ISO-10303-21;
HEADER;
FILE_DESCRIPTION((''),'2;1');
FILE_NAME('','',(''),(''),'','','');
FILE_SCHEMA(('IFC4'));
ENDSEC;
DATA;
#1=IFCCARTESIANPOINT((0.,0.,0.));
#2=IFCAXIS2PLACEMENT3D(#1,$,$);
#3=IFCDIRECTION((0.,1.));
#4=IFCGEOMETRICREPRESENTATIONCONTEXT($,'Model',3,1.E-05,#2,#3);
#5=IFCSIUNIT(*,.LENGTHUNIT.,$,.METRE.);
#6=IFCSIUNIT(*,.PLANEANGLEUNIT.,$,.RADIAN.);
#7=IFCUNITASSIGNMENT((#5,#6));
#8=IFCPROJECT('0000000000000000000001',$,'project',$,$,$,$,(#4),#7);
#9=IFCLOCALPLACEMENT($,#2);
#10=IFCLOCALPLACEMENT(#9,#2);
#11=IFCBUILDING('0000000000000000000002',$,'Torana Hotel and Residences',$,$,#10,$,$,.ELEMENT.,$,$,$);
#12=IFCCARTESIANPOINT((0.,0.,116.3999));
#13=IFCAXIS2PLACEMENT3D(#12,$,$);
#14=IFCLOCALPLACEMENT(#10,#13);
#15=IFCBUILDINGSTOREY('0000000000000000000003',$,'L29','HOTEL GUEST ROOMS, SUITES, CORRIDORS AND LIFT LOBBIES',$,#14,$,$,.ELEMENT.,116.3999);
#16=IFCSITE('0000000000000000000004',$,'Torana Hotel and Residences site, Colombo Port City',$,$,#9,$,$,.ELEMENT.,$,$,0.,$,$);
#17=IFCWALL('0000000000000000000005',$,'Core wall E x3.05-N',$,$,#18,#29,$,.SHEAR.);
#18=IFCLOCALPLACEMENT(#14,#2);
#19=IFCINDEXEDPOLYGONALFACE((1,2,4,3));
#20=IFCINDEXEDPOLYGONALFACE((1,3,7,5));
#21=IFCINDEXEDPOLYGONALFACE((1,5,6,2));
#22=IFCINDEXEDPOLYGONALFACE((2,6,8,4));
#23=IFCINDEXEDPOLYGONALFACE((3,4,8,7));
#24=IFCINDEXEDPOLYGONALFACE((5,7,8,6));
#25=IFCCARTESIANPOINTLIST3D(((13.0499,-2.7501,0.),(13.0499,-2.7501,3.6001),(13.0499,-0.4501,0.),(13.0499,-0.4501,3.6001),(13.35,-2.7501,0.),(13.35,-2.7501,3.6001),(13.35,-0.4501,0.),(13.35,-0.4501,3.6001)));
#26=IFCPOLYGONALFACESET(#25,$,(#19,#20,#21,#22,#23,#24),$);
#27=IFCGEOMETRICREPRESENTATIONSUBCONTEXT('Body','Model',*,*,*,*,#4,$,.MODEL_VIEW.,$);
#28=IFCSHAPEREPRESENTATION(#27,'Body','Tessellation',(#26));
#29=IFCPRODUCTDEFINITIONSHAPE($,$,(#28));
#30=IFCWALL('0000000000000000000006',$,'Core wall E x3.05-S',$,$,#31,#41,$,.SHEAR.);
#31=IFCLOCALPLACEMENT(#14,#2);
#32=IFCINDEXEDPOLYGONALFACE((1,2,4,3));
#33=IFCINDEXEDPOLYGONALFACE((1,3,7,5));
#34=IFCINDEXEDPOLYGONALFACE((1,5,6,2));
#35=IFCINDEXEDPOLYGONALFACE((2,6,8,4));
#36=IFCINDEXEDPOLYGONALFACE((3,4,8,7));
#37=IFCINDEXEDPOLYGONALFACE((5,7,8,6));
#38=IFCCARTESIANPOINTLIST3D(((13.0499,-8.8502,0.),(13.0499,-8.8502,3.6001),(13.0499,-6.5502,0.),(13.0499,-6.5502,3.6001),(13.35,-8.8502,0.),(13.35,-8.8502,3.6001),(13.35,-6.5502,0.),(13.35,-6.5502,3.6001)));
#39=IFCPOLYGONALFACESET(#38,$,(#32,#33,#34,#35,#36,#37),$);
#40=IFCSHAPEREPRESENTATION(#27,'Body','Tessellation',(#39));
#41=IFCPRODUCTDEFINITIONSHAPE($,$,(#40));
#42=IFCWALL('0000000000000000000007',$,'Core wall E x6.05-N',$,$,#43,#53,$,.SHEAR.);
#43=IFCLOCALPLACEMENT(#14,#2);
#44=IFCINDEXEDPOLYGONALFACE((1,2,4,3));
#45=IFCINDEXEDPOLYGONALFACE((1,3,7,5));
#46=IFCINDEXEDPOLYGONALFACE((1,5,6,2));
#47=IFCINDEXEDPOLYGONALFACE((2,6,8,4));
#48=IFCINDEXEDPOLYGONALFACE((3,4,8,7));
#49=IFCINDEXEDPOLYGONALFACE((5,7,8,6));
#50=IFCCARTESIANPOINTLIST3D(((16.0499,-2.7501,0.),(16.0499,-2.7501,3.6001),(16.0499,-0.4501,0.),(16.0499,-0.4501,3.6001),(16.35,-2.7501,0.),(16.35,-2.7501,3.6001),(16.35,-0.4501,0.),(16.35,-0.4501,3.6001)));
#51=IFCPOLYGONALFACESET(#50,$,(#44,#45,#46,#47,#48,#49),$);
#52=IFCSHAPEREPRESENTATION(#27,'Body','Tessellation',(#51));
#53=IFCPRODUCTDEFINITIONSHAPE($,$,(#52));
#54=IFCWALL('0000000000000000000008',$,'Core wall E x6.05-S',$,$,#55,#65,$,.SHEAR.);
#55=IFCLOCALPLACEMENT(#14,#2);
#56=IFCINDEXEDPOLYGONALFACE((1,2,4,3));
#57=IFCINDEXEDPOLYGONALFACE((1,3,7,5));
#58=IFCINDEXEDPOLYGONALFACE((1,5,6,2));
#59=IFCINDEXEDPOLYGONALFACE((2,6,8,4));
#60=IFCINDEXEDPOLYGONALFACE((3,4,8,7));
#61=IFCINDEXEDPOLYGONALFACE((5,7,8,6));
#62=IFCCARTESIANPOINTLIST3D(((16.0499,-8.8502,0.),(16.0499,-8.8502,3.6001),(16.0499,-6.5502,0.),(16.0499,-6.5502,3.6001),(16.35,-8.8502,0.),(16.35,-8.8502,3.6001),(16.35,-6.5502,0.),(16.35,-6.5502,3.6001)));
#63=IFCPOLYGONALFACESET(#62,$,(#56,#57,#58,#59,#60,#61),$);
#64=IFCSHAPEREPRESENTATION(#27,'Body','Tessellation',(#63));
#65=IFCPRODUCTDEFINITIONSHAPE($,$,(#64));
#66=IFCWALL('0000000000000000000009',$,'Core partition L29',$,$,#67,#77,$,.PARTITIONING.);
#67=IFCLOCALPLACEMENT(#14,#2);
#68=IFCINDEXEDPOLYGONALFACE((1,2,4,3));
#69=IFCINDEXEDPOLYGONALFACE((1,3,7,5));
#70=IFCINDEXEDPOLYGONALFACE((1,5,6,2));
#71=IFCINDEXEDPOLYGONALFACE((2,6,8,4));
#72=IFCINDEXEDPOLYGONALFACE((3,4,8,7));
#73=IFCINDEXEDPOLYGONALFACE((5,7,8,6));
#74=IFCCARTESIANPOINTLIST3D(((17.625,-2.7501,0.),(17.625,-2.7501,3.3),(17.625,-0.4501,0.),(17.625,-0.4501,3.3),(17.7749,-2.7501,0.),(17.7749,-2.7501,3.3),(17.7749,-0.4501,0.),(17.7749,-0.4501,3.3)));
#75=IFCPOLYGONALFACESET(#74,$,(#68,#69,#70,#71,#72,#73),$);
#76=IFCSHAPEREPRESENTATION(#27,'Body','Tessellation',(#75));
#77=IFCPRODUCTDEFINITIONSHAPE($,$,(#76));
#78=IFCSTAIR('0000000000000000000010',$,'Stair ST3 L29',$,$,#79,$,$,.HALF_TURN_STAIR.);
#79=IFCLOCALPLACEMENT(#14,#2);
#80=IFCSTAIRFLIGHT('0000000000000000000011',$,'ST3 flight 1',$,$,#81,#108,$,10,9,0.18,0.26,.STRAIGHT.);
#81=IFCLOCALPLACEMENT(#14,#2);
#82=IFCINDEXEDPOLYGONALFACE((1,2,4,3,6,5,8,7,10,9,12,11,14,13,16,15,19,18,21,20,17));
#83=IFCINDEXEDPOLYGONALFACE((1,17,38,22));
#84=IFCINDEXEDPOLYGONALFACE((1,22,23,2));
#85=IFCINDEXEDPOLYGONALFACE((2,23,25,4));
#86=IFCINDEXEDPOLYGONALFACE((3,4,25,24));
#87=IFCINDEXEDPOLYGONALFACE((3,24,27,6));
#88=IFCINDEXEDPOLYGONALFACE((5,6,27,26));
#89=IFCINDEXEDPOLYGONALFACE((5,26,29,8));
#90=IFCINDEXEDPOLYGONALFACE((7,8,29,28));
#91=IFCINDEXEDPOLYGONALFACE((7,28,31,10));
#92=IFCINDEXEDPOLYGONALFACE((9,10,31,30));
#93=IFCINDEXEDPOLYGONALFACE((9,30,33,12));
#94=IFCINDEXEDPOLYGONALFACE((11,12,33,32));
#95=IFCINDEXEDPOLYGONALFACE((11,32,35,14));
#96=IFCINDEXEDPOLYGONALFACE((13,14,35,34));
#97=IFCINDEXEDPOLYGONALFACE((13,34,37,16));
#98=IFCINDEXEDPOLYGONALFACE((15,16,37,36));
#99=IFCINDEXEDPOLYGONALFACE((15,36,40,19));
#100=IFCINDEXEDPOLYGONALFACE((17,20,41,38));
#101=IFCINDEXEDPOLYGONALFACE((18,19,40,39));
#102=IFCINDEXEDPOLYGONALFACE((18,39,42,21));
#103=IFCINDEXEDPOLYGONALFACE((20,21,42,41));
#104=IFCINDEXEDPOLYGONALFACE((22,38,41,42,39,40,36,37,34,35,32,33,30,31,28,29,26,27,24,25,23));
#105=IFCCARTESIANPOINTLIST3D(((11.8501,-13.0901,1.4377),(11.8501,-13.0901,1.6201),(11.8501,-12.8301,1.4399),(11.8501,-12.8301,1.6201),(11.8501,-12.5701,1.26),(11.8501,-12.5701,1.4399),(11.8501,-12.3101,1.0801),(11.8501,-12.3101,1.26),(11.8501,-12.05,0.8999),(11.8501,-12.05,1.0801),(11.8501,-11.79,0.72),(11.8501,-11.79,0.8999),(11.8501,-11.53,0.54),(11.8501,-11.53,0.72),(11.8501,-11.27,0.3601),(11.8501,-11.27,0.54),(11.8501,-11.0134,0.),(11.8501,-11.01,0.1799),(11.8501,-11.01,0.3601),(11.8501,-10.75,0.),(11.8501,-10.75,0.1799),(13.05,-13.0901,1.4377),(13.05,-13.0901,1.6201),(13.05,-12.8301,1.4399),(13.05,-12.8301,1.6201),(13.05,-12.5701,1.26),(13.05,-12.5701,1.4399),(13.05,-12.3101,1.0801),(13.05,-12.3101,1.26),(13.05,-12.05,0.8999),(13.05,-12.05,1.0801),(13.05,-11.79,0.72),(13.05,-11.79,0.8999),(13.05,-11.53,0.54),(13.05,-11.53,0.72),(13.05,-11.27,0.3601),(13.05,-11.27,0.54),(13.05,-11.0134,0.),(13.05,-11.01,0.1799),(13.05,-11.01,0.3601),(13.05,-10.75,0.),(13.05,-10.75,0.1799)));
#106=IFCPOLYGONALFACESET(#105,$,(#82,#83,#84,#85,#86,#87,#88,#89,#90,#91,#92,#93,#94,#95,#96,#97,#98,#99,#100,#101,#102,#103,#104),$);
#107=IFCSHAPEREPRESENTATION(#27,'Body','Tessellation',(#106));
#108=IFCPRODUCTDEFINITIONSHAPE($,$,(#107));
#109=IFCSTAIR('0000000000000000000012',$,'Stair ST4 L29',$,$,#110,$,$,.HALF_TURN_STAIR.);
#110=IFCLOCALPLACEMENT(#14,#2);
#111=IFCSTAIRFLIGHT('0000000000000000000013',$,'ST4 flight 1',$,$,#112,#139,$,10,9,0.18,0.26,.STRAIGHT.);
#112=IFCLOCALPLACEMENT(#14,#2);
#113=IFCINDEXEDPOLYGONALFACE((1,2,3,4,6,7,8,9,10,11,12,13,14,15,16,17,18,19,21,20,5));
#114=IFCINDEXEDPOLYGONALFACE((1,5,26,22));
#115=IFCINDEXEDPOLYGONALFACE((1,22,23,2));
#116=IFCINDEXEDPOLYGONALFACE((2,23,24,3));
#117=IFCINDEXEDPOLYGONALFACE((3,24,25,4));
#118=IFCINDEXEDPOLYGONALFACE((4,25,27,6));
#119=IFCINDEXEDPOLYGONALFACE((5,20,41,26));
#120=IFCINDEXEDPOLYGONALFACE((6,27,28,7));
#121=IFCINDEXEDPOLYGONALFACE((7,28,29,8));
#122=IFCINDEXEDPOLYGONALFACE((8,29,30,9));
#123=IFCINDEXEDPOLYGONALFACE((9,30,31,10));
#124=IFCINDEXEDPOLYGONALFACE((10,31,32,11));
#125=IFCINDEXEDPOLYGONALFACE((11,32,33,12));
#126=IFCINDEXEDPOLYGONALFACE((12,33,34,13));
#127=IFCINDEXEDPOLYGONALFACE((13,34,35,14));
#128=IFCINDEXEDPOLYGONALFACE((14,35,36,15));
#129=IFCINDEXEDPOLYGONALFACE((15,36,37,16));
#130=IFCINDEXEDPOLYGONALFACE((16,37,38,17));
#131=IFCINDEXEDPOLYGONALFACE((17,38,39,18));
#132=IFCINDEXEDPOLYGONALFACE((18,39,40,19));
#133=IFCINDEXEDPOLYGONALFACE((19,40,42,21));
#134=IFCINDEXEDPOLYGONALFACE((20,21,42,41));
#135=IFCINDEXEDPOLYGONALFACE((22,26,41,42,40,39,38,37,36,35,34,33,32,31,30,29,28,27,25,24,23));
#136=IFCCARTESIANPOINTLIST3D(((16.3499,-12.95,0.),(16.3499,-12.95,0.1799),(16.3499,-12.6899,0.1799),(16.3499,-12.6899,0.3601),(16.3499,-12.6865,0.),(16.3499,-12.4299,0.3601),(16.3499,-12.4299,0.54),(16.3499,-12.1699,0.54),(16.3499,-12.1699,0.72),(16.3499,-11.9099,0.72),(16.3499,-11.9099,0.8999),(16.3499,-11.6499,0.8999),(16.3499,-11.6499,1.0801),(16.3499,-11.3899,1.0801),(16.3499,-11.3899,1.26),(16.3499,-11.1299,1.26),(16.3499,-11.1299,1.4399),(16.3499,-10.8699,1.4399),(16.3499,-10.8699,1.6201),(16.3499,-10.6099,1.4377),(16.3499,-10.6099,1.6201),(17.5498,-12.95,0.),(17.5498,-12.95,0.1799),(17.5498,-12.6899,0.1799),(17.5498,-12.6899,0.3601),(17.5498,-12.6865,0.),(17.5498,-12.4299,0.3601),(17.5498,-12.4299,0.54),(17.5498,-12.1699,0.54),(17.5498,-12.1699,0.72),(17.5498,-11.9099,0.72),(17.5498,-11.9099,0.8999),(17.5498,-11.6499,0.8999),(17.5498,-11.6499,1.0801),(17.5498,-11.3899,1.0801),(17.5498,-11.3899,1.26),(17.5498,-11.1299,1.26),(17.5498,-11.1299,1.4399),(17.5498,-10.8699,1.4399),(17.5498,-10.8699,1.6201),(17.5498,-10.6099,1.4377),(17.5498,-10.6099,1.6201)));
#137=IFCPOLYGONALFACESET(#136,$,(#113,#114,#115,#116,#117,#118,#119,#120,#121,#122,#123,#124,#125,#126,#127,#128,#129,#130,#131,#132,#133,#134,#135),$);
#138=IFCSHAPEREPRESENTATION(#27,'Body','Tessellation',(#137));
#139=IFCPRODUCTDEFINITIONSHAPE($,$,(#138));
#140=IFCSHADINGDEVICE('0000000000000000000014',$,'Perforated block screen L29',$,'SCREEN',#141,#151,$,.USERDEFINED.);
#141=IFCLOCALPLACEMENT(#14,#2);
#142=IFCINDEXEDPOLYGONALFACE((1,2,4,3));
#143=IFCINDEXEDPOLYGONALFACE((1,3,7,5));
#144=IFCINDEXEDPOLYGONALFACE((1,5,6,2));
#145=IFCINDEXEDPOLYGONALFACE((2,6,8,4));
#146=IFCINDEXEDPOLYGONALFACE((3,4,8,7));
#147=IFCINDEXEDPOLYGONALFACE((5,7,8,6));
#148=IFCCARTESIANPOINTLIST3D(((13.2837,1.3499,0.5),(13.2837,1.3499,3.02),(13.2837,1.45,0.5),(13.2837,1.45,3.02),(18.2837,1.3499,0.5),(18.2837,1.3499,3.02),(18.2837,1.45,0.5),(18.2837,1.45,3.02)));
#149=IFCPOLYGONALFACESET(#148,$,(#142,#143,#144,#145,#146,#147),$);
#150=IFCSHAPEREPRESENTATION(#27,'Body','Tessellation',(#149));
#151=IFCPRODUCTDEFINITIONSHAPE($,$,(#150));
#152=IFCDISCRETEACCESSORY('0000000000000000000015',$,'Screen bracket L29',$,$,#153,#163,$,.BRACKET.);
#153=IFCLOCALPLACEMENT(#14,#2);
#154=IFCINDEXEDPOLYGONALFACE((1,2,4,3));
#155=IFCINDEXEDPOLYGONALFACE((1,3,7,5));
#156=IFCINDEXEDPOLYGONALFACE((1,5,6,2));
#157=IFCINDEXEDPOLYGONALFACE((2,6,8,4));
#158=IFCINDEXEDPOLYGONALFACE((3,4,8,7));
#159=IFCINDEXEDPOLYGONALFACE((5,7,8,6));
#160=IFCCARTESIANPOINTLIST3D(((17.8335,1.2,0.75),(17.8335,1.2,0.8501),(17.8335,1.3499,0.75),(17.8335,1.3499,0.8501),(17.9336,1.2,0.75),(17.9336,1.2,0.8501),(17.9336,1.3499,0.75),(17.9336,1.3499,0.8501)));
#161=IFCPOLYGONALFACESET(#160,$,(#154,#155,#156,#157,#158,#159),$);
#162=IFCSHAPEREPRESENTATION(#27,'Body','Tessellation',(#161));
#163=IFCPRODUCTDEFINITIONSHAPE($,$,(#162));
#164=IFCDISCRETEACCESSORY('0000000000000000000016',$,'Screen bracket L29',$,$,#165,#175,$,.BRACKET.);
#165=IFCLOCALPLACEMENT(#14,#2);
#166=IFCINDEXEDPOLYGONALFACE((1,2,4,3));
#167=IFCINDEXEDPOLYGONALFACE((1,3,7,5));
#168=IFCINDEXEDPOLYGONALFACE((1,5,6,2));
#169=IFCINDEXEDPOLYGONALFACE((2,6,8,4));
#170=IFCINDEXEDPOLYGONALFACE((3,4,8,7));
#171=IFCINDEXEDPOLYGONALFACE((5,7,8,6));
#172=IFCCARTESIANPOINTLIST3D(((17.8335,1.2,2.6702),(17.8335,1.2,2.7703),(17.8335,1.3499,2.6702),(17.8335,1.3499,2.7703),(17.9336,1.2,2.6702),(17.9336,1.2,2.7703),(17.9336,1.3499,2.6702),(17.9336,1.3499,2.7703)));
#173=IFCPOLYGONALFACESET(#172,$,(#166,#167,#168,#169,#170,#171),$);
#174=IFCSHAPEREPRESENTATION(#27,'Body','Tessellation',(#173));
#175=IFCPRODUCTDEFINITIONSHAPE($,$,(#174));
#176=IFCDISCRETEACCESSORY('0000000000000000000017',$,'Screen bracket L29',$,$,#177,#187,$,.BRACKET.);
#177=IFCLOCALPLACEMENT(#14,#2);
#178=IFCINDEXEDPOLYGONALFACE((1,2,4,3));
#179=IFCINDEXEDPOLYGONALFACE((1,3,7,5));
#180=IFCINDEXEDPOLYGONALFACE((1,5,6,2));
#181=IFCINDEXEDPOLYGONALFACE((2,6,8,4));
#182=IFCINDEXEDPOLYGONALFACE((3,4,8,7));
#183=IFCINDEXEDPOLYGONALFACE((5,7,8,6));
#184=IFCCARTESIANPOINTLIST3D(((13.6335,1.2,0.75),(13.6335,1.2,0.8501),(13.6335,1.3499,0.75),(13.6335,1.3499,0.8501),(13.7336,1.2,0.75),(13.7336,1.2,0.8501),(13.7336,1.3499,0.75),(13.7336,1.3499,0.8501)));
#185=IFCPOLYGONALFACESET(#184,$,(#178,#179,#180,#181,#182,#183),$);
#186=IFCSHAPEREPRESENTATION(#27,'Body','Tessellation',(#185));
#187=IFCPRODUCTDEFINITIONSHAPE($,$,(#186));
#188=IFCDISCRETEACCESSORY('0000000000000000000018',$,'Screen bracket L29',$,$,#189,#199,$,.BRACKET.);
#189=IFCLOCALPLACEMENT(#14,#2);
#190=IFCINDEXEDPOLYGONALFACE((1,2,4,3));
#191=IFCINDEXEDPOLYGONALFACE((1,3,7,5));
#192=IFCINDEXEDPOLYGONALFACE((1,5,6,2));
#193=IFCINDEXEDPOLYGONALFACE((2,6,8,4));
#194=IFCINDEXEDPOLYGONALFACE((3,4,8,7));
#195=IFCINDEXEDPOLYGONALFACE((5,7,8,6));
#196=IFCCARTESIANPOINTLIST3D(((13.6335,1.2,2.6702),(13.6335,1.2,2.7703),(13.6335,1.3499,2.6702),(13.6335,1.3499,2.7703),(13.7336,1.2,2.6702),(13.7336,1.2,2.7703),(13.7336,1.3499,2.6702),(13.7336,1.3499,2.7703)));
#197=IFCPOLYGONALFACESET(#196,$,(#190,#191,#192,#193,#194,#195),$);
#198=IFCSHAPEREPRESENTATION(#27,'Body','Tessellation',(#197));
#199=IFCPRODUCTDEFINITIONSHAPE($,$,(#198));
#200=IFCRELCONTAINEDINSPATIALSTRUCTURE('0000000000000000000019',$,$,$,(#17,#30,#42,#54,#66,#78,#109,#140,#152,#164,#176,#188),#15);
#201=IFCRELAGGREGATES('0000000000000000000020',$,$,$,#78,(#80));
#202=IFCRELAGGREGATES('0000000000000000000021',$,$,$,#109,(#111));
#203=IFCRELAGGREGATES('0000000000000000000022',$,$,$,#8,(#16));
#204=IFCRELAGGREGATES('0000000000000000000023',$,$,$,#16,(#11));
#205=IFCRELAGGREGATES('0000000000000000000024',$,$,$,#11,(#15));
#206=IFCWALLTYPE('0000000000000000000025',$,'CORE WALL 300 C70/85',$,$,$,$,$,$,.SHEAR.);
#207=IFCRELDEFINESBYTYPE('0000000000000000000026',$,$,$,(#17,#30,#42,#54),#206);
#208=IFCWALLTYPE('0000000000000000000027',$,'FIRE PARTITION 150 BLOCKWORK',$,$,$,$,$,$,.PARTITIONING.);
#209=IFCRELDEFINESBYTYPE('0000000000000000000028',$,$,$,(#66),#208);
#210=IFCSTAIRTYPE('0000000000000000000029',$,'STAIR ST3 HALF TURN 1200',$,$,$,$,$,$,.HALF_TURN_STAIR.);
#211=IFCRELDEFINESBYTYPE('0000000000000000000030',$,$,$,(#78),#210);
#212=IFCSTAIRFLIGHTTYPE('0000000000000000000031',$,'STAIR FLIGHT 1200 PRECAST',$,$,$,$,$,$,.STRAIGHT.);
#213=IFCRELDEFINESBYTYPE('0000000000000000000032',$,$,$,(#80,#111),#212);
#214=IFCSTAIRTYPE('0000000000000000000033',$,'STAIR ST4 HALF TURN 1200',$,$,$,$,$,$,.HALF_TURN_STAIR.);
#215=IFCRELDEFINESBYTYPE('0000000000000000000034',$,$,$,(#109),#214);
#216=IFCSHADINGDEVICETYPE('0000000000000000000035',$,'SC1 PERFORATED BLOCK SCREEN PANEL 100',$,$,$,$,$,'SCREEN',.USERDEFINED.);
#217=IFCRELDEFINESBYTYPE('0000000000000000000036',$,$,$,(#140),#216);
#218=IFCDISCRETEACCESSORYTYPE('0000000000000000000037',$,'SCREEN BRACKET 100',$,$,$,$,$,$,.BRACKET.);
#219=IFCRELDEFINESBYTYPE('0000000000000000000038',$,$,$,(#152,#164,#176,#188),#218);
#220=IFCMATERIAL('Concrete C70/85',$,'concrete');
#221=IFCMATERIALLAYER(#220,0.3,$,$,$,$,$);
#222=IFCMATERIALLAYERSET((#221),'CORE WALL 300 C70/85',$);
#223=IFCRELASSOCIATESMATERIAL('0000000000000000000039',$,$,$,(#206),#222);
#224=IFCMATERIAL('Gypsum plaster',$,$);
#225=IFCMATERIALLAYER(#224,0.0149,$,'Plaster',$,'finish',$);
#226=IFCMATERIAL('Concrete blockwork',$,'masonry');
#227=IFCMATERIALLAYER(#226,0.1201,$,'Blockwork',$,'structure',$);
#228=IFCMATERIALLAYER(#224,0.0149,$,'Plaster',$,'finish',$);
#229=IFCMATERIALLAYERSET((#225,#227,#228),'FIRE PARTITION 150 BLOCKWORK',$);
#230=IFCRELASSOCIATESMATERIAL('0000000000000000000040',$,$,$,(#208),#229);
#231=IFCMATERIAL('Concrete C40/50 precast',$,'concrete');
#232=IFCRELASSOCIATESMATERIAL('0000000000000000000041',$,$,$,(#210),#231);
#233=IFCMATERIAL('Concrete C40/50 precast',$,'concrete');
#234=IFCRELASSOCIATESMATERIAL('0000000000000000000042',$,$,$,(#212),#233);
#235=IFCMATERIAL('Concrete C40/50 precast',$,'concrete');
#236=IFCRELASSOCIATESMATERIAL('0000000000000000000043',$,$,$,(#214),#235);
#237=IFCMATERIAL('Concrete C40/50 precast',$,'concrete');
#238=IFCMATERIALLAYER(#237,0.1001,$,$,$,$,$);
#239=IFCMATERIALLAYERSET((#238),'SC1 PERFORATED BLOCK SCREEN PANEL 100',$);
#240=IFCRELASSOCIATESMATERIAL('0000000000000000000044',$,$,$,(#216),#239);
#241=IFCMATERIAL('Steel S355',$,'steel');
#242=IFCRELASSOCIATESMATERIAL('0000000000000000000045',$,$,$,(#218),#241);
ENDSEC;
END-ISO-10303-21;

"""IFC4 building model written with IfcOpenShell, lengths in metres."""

from ifc_helpers import new_model, si_unit, direction, frame, frame_2d, origin, origin_2d, place, context, subcontext, project, spatial, polyline, rectangle, outline, extrude, material, layer, layer_set, type_object, element, aggregate, save


model = new_model("IFC4")

# Units and contexts
model_context = context("Model", 3, precision=1e-05, world=origin(), true_north=direction((0.0, 1.0)))
body_context = subcontext(model_context, "Body", "Model", "MODEL_VIEW")
ifc_project = project(units=[si_unit("LENGTHUNIT", "METRE"), si_unit("PLANEANGLEUNIT", "RADIAN")], contexts=[model_context])

# Site, building, storey
site_placement = place(None, origin())
site = spatial("IfcSite", under=ifc_project, at=site_placement, Name="Torana Hotel and Residences site, Colombo Port City", CompositionType="ELEMENT", RefElevation=0.0)
building_placement = place(site_placement, origin())
building = spatial("IfcBuilding", under=site, at=building_placement, Name="Torana Hotel and Residences", CompositionType="ELEMENT")
storey_placement = place(building_placement, frame((0.0, 0.0, 116.3999)))
storey = spatial("IfcBuildingStorey", under=building, at=storey_placement, Name="L29", Description="HOTEL GUEST ROOMS, SUITES, CORRIDORS AND LIFT LOBBIES", CompositionType="ELEMENT", Elevation=116.3999)

# Walls
ifc_material_1 = material(Name="Concrete C70/85", Category="concrete")
ifc_layer_1 = layer(ifc_material_1, 0.3)
ifc_layer_set_1 = layer_set([ifc_layer_1], Name="CORE WALL 300 C70/85")
wall_type_1 = type_object("IfcWallType", Name="CORE WALL 300 C70/85", PredefinedType="SHEAR", material=ifc_layer_set_1)
for number, where, z_axis, x_axis, name in (
    (1, (13.2, -2.75, 0.0), (0.0, 0.0, 1.0), (0.0, 1.0, 0.0), "Core wall E x3.05-N"),
    (2, (13.2, -8.8501, 0.0), (0.0, 0.0, 1.0), (0.0, 1.0, 0.0), "Core wall E x3.05-S"),
    (3, (16.2, -2.75, 0.0), (0.0, 0.0, 1.0), (0.0, 1.0, 0.0), "Core wall E x6.05-N"),
    (4, (16.2, -8.8501, 0.0), (0.0, 0.0, 1.0), (0.0, 1.0, 0.0), "Core wall E x6.05-S"),
):
    element("IfcWall", number, at=place(storey_placement, frame(where, z_axis=z_axis, x_axis=x_axis)), inside=storey, type_object=wall_type_1, Name=name, PredefinedType="SHEAR", context=body_context, shape_type="SweptSolid", body=[
        extrude(rectangle(XDim=2.3, YDim=0.3, at=frame_2d((1.1499, 0.0))), origin(), (0.0, 0.0, 1.0), 3.6001),
    ])
ifc_material_2 = material(Name="Gypsum plaster")
ifc_layer_2 = layer(ifc_material_2, 0.0149, Name="Plaster", Category="finish")
ifc_material_3 = material(Name="Concrete blockwork", Category="masonry")
ifc_layer_3 = layer(ifc_material_3, 0.1201, Name="Blockwork", Category="structure")
ifc_layer_4 = layer(ifc_material_2, 0.0149, Name="Plaster", Category="finish")
ifc_layer_set_2 = layer_set([ifc_layer_2, ifc_layer_3, ifc_layer_4], Name="FIRE PARTITION 150 BLOCKWORK")
wall_type_2 = type_object("IfcWallType", Name="FIRE PARTITION 150 BLOCKWORK", PredefinedType="PARTITIONING", material=ifc_layer_set_2)
wall_placement = place(storey_placement, frame((17.7, -2.75, 0.0), z_axis=(0.0, 0.0, 1.0), x_axis=(0.0, 1.0, 0.0)))
element("IfcWall", 5, at=wall_placement, inside=storey, type_object=wall_type_2, Name="Core partition L29", PredefinedType="PARTITIONING", context=body_context, shape_type="SweptSolid", body=[
    extrude(rectangle(XDim=2.3, YDim=0.1499, at=frame_2d((1.1499, 0.0))), origin(), (0.0, 0.0, 1.0), 3.3),
])

# Stairs, stair flights
ifc_material_4 = material(Name="Concrete C40/50 precast", Category="concrete")
stair_type_1 = type_object("IfcStairType", Name="STAIR ST3 HALF TURN 1200", PredefinedType="HALF_TURN_STAIR", material=ifc_material_4)
stair_1_placement = place(storey_placement, origin())
stair_1 = element("IfcStair", 6, at=stair_1_placement, inside=storey, type_object=stair_type_1, Name="Stair ST3 L29", PredefinedType="HALF_TURN_STAIR")
ifc_material_5 = material(Name="Concrete C40/50 precast", Category="concrete")
stair_flight_type = type_object("IfcStairFlightType", Name="STAIR FLIGHT 1200 PRECAST", PredefinedType="STRAIGHT", material=ifc_material_5)
stair_flight_1_placement = place(storey_placement, frame((12.45, -10.75, 0.0), z_axis=(0.0, 0.0, 1.0), x_axis=(0.0, -1.0, 0.0)))
stair_flight_1 = element("IfcStairFlight", 7, at=stair_flight_1_placement, type_object=stair_flight_type, Name="ST3 flight 1", NumberOfRisers=10, NumberOfTreads=9, PredefinedType="STRAIGHT", RiserHeight=0.18, TreadLength=0.26, context=body_context, shape_type="SweptSolid", body=[
    extrude(outline(polyline([(0.0, 0.0), (0.0, 0.1799), (0.26, 0.1799), (0.26, 0.3601), (0.52, 0.3601), (0.52, 0.54), (0.78, 0.54), (0.78, 0.72), (1.04, 0.72), (1.04, 0.8999), (1.3, 0.8999), (1.3, 1.0801), (1.5601, 1.0801), (1.5601, 1.26), (1.8201, 1.26), (1.8201, 1.4399), (2.0801, 1.4399), (2.0801, 1.6201), (2.3401, 1.6201), (2.3401, 1.8), (2.3401, 1.4377), (0.2634, 0.0), (0.0, 0.0)])), frame((0.0, 0.6001, 0.0), z_axis=(0.0, -1.0, 0.0), x_axis=(1.0, 0.0, 0.0)), (0.0, 0.0, 1.0), 1.2),
])
aggregate(stair_1, [stair_flight_1])
ifc_material_6 = material(Name="Concrete C40/50 precast", Category="concrete")
stair_type_2 = type_object("IfcStairType", Name="STAIR ST4 HALF TURN 1200", PredefinedType="HALF_TURN_STAIR", material=ifc_material_6)
stair_2_placement = place(storey_placement, origin())
stair_2 = element("IfcStair", 8, at=stair_2_placement, inside=storey, type_object=stair_type_2, Name="Stair ST4 L29", PredefinedType="HALF_TURN_STAIR")
stair_flight_2_placement = place(storey_placement, frame((16.95, -12.95, 0.0), z_axis=(0.0, 0.0, 1.0), x_axis=(0.0, 1.0, 0.0)))
stair_flight_2 = element("IfcStairFlight", 9, at=stair_flight_2_placement, type_object=stair_flight_type, Name="ST4 flight 1", NumberOfRisers=10, NumberOfTreads=9, PredefinedType="STRAIGHT", RiserHeight=0.18, TreadLength=0.26, context=body_context, shape_type="SweptSolid", body=[
    extrude(outline(polyline([(0.0, 0.0), (0.0, 0.1799), (0.26, 0.1799), (0.26, 0.3601), (0.52, 0.3601), (0.52, 0.54), (0.78, 0.54), (0.78, 0.72), (1.04, 0.72), (1.04, 0.8999), (1.3, 0.8999), (1.3, 1.0801), (1.5601, 1.0801), (1.5601, 1.26), (1.8201, 1.26), (1.8201, 1.4399), (2.0801, 1.4399), (2.0801, 1.6201), (2.3401, 1.6201), (2.3401, 1.8), (2.3401, 1.4377), (0.2634, 0.0), (0.0, 0.0)])), frame((0.0, 0.6001, 0.0), z_axis=(0.0, -1.0, 0.0), x_axis=(1.0, 0.0, 0.0)), (0.0, 0.0, 1.0), 1.2),
])
aggregate(stair_2, [stair_flight_2])

# Shading device
ifc_material_7 = material(Name="Concrete C40/50 precast", Category="concrete")
ifc_layer_5 = layer(ifc_material_7, 0.1001)
ifc_layer_set_3 = layer_set([ifc_layer_5], Name="SC1 PERFORATED BLOCK SCREEN PANEL 100")
shading_device_type = type_object("IfcShadingDeviceType", Name="SC1 PERFORATED BLOCK SCREEN PANEL 100", ElementType="SCREEN", PredefinedType="USERDEFINED", material=ifc_layer_set_3)
shading_device_placement = place(storey_placement, frame((15.7837, 1.3999, 0.5), z_axis=(0.0, 0.0, 1.0), x_axis=(-1.0, 0.0, 0.0)))
element("IfcShadingDevice", 10, at=shading_device_placement, inside=storey, type_object=shading_device_type, Name="Perforated block screen L29", ObjectType="SCREEN", PredefinedType="USERDEFINED", context=body_context, shape_type="SweptSolid", body=[
    extrude(rectangle(XDim=5.0, YDim=0.1001, at=origin_2d()), origin(), (0.0, 0.0, 1.0), 2.52),
])

# Discrete accessories
ifc_material_8 = material(Name="Steel S355", Category="steel")
discrete_accessory_type = type_object("IfcDiscreteAccessoryType", Name="SCREEN BRACKET 100", PredefinedType="BRACKET", material=ifc_material_8)
for number, where, z_axis, x_axis, name in (
    (11, (17.8835, 1.2749, 0.75), (0.0, 0.0, 1.0), (-1.0, 0.0, 0.0), "Screen bracket L29"),
    (12, (17.8835, 1.2749, 2.6702), (0.0, 0.0, 1.0), (-1.0, 0.0, 0.0), "Screen bracket L29"),
    (13, (13.6836, 1.2749, 0.75), (0.0, 0.0, 1.0), (-1.0, 0.0, 0.0), "Screen bracket L29"),
    (14, (13.6836, 1.2749, 2.6702), (0.0, 0.0, 1.0), (-1.0, 0.0, 0.0), "Screen bracket L29"),
):
    element("IfcDiscreteAccessory", number, at=place(storey_placement, frame(where, z_axis=z_axis, x_axis=x_axis)), inside=storey, type_object=discrete_accessory_type, Name=name, PredefinedType="BRACKET", context=body_context, shape_type="SweptSolid", body=[
        extrude(rectangle(XDim=0.1001, YDim=0.1499, at=origin_2d()), origin(), (0.0, 0.0, 1.0), 0.1001),
    ])

save(model, "model.ifc")
